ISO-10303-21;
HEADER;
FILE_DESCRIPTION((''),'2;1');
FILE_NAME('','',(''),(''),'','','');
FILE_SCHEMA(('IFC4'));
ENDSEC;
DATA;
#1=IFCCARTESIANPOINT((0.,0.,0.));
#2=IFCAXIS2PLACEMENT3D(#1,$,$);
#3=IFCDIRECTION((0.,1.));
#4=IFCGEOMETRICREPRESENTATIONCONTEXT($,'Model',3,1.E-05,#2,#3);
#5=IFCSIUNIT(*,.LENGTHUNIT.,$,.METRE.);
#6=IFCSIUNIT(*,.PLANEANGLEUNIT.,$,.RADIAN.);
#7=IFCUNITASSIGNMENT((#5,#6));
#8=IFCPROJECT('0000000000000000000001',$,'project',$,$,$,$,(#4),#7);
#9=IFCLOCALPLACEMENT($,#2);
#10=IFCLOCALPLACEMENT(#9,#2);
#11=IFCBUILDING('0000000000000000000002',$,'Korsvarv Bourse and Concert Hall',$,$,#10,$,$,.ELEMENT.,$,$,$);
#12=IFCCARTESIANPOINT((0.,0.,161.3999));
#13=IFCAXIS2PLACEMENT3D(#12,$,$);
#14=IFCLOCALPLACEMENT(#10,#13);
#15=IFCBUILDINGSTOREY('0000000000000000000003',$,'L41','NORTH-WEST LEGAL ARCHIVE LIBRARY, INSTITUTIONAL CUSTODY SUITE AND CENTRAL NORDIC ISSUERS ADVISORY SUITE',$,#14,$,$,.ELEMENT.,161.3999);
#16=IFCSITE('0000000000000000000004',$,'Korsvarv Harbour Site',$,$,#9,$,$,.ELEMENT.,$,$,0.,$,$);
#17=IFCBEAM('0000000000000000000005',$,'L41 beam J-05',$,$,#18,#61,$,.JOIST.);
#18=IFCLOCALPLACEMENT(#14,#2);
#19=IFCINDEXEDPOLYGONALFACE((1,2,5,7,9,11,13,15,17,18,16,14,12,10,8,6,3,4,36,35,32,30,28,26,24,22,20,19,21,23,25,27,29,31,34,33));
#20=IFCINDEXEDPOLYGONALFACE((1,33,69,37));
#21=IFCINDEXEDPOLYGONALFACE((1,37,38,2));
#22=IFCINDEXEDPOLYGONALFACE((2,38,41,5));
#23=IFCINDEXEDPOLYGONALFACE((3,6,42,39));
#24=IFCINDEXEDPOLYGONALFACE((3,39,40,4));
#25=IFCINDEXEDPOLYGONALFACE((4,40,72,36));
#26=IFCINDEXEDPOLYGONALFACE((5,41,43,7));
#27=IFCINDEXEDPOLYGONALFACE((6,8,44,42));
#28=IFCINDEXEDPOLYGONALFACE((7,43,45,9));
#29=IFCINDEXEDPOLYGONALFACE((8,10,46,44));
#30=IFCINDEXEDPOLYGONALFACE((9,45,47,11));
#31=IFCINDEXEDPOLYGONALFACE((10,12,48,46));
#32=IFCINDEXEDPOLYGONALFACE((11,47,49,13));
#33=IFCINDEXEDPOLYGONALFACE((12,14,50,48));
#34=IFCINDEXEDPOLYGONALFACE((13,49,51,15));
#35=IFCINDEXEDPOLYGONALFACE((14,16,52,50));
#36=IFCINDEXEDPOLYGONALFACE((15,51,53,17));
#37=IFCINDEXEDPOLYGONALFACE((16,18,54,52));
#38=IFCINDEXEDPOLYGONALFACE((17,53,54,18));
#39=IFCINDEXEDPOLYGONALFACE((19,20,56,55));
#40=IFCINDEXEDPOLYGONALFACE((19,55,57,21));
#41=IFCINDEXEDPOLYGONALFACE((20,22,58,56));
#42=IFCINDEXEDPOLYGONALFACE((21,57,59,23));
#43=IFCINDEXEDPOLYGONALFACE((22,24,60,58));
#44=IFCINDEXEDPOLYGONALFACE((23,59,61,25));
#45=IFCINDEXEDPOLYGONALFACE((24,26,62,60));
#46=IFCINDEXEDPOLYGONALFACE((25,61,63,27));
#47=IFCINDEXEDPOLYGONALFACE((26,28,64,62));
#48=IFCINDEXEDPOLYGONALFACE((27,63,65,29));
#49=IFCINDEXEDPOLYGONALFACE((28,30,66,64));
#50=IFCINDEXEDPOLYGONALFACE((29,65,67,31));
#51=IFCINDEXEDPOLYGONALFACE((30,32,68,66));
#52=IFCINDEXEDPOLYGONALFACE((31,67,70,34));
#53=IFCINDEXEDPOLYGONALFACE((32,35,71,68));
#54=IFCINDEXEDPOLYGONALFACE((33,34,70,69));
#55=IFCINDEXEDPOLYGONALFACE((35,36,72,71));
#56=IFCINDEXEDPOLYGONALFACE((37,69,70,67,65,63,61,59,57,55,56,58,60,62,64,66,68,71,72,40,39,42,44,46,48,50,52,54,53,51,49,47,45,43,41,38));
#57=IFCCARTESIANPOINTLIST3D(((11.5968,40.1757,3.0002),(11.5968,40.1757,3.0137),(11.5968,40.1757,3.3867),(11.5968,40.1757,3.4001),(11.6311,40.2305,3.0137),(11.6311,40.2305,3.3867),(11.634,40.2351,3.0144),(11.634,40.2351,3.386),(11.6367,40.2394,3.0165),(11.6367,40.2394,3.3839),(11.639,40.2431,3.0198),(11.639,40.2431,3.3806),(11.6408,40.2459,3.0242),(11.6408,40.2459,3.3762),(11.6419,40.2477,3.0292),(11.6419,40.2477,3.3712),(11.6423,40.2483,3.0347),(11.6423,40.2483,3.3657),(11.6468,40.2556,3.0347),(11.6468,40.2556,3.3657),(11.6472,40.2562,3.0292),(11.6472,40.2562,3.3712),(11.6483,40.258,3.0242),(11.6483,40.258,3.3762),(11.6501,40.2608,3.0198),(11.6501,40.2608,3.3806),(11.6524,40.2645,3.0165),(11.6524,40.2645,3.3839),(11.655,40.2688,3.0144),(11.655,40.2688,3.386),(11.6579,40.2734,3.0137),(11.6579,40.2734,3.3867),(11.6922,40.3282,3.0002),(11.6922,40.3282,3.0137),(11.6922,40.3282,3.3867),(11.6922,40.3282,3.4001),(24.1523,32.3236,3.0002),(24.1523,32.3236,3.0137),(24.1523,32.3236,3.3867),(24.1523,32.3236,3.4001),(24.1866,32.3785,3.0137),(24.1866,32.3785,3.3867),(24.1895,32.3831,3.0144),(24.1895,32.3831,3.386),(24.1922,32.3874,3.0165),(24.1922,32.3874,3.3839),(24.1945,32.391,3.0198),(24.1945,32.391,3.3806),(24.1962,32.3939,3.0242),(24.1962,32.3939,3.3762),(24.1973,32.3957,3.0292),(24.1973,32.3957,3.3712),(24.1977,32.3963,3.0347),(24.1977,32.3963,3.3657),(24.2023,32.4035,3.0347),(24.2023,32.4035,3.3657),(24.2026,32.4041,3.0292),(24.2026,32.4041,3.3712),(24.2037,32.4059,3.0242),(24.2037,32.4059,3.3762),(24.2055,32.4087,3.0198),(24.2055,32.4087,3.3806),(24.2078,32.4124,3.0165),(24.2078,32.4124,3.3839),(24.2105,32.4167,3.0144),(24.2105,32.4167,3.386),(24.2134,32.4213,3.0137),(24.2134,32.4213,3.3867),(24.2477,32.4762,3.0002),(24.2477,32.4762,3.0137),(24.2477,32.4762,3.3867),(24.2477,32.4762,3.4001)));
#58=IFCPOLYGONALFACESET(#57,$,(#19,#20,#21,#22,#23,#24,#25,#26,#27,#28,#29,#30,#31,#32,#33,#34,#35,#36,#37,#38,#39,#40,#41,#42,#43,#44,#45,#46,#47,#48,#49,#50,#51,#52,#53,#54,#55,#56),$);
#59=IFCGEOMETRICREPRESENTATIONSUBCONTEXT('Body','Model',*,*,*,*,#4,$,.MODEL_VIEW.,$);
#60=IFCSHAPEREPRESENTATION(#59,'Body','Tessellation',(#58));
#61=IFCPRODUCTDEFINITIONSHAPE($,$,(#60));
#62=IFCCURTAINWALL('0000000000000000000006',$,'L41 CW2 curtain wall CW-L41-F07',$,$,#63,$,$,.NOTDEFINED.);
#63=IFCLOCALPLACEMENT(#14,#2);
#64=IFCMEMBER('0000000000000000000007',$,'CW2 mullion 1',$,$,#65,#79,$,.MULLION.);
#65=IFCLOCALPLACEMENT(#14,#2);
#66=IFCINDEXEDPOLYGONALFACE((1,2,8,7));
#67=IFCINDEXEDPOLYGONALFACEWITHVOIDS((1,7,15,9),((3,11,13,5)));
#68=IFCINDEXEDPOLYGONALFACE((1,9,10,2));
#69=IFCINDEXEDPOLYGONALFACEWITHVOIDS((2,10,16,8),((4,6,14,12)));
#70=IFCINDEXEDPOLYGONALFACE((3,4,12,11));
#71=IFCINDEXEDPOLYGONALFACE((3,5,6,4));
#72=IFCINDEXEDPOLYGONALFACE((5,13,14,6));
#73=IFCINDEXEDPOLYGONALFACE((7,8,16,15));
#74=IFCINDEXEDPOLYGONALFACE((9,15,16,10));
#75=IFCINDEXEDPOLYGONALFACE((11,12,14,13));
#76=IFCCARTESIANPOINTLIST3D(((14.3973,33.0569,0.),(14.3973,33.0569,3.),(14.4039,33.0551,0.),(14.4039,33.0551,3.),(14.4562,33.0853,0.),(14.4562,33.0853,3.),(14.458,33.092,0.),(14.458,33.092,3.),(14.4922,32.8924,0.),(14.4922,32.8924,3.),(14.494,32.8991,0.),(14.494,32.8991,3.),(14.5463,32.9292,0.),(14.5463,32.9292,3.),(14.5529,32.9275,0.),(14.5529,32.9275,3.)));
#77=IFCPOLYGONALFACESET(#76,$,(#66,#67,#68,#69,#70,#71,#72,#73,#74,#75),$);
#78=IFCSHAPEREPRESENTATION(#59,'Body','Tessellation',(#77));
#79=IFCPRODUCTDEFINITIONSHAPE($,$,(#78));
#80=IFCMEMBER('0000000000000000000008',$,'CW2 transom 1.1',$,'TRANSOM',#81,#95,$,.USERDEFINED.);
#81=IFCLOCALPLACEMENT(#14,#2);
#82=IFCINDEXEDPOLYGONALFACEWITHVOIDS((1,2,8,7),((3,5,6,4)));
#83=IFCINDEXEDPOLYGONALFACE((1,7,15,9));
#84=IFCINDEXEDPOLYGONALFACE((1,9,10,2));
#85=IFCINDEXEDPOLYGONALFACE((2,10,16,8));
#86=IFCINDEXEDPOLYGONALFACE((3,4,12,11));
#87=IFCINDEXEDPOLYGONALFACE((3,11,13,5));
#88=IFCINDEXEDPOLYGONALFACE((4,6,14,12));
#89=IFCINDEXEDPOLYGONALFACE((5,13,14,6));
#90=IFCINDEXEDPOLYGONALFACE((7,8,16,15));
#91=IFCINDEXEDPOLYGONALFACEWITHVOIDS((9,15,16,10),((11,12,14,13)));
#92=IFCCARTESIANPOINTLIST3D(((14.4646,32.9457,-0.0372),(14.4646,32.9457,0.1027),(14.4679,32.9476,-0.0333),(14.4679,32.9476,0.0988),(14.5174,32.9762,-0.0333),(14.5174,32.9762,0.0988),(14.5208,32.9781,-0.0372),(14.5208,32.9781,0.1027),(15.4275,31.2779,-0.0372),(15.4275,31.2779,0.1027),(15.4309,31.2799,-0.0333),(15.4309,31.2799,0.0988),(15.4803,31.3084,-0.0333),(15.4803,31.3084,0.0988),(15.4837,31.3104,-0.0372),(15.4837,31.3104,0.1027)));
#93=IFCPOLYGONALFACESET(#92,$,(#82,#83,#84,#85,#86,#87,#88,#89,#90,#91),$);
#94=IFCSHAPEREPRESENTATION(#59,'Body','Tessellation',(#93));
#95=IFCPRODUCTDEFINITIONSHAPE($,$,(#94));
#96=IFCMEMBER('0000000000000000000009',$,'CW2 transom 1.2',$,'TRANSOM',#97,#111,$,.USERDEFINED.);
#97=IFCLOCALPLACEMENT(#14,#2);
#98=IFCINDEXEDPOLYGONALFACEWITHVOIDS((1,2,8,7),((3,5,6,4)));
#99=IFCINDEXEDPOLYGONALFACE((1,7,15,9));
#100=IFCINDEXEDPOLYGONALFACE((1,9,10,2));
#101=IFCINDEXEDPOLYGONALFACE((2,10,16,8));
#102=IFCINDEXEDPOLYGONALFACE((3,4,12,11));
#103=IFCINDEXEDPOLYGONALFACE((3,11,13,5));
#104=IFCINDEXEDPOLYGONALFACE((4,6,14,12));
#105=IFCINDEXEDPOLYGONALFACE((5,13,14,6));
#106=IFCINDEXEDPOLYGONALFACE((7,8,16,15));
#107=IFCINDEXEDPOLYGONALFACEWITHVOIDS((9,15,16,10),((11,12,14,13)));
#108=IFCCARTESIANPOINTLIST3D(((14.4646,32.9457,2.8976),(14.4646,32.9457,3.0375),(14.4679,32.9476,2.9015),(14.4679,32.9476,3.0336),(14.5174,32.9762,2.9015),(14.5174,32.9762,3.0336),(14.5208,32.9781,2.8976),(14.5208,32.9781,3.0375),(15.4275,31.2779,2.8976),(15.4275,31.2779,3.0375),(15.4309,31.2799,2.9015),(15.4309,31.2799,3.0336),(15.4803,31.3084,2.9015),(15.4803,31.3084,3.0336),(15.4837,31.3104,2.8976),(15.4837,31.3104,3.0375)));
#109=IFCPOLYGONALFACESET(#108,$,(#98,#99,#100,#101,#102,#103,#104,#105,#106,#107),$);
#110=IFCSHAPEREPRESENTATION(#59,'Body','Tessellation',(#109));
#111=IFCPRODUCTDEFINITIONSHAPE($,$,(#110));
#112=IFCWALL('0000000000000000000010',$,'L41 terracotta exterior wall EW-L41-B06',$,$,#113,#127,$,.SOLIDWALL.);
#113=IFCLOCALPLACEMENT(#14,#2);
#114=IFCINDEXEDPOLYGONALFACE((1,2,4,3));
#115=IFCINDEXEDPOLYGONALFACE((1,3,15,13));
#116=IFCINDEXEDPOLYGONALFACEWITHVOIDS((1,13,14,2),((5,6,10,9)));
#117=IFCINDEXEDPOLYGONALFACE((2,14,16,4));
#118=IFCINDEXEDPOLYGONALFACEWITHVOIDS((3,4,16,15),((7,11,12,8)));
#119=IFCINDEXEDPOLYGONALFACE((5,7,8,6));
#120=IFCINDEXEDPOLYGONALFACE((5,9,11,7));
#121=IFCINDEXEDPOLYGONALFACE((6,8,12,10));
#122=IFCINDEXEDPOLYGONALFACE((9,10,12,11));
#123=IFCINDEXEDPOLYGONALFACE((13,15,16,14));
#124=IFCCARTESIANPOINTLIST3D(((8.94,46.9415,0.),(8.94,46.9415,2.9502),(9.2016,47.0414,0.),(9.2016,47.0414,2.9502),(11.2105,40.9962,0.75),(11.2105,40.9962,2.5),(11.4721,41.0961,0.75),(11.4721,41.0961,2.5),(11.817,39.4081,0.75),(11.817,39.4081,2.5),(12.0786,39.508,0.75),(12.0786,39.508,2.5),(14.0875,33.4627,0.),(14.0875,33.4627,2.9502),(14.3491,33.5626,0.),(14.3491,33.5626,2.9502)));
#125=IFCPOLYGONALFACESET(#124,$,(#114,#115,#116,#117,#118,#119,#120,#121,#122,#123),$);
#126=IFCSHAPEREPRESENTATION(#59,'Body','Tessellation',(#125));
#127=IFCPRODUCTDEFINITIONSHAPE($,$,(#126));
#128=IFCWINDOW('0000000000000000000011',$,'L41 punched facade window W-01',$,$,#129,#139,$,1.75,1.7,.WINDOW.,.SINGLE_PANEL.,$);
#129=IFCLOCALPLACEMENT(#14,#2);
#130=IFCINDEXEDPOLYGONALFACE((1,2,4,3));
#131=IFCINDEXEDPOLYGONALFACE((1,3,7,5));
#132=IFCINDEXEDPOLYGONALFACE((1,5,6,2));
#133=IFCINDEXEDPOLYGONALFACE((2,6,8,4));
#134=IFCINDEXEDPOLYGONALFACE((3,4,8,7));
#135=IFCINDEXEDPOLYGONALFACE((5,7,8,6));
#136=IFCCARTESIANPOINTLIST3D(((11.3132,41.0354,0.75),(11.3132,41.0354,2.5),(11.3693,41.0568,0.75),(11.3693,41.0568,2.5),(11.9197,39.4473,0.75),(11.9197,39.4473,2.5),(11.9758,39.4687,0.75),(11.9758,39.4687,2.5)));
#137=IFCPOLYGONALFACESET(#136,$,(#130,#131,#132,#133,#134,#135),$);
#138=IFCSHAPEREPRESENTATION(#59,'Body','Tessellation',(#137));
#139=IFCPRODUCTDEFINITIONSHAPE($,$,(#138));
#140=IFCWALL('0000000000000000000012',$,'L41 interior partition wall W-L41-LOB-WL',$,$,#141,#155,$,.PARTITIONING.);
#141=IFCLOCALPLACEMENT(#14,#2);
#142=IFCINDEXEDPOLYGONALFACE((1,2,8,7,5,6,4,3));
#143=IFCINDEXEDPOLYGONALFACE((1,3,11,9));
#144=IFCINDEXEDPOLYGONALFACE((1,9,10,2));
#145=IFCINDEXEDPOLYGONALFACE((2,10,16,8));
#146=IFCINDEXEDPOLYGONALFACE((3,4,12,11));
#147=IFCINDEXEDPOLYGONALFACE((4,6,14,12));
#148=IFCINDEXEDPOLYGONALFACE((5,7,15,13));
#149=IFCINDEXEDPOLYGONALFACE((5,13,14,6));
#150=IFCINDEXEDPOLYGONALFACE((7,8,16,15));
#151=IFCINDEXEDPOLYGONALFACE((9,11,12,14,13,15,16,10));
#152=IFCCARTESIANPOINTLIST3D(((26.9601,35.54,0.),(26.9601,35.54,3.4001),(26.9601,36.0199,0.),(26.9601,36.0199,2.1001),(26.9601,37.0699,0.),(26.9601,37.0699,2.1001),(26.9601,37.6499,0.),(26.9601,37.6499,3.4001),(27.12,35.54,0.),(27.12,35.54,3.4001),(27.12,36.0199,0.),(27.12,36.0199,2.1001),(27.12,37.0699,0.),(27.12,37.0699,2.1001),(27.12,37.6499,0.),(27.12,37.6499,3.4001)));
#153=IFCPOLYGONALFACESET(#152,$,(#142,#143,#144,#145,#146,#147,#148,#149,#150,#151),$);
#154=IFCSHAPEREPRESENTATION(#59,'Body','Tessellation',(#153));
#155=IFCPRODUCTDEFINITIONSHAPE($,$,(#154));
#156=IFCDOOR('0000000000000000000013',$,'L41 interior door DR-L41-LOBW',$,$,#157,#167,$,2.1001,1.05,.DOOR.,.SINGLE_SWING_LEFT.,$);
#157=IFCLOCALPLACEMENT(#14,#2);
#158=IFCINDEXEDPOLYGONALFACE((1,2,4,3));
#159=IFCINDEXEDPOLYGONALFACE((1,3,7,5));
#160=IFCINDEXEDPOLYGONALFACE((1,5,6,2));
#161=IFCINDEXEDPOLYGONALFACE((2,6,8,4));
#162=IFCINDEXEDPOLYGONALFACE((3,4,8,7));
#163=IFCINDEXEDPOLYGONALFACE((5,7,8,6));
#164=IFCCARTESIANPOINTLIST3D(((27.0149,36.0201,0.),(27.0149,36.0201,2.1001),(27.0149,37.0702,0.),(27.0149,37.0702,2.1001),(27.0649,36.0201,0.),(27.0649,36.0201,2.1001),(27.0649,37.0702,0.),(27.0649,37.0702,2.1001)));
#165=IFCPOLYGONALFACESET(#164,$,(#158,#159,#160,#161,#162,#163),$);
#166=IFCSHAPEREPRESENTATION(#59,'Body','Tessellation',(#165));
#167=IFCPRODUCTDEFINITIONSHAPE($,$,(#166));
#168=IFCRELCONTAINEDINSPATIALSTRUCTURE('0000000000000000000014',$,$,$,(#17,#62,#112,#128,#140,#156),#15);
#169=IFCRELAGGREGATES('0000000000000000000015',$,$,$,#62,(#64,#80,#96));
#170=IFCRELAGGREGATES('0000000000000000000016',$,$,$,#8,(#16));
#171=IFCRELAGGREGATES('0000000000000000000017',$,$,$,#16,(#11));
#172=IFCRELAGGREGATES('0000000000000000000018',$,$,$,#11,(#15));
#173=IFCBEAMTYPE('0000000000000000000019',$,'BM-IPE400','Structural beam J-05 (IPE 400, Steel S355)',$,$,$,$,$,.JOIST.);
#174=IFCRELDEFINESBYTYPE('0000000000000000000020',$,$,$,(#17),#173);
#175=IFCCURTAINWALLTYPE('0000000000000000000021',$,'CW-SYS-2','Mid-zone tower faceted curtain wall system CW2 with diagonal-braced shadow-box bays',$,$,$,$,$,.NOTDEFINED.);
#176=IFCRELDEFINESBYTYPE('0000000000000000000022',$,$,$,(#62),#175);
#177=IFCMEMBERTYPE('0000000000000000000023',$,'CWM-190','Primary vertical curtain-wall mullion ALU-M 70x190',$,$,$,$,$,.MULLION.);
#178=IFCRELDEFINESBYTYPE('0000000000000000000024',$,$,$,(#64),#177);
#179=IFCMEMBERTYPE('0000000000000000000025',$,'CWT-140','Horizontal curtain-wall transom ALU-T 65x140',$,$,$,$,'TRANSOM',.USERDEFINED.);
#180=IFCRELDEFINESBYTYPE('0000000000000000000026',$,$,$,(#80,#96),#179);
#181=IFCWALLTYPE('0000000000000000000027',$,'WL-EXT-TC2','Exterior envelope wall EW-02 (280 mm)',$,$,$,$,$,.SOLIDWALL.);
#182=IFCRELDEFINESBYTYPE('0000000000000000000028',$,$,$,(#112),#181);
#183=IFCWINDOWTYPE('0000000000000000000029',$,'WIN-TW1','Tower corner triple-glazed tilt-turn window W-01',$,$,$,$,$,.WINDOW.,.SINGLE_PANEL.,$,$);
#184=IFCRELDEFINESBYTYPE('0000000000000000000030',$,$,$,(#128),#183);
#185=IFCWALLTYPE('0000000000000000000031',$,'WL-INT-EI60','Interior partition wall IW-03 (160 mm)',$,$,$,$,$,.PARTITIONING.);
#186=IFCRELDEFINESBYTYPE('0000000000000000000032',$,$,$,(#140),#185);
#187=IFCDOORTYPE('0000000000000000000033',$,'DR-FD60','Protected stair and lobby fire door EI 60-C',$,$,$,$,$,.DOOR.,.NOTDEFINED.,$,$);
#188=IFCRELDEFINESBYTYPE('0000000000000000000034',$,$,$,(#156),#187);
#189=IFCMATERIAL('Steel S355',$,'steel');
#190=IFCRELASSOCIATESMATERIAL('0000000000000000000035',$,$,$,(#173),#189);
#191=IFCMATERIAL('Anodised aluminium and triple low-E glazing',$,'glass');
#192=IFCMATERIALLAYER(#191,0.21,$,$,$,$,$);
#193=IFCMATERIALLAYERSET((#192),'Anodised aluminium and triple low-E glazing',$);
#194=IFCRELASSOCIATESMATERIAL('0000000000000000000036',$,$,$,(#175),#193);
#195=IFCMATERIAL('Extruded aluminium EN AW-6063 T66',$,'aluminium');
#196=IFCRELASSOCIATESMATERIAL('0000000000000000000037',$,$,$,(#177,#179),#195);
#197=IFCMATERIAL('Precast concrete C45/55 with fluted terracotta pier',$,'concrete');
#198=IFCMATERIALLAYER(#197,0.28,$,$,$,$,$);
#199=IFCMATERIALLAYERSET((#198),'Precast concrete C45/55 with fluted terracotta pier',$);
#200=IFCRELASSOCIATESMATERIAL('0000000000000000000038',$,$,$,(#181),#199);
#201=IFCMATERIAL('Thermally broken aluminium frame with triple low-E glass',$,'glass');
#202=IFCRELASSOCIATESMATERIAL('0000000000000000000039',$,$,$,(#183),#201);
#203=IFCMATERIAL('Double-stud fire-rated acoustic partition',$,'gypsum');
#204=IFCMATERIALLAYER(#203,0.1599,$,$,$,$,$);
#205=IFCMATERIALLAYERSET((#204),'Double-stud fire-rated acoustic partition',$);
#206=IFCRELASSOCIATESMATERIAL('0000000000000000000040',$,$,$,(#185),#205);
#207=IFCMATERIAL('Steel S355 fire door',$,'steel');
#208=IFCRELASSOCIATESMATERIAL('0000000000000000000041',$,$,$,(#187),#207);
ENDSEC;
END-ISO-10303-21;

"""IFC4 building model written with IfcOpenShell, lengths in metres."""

from ifc_helpers import new_model, si_unit, direction, frame, frame_2d, origin, origin_2d, place, context, subcontext, project, spatial, rectangle, hollow_rectangle, i_section, extrude, source, transform, mapped, material, layer, layer_set, material_profile, profile_set, type_object, element, fill, aggregate, save


model = new_model("IFC4")

# Units and contexts
model_context = context("Model", 3, precision=1e-05, world=origin(), true_north=direction((0.0, 1.0)))
body_context = subcontext(model_context, "Body", "Model", "MODEL_VIEW")
ifc_project = project(units=[si_unit("LENGTHUNIT", "METRE"), si_unit("PLANEANGLEUNIT", "RADIAN")], contexts=[model_context])

# Site, building, storey
site_placement = place(None, origin())
site = spatial("IfcSite", under=ifc_project, at=site_placement, Name="Korsvarv Harbour Site", CompositionType="ELEMENT", RefElevation=0.0)
building_placement = place(site_placement, origin())
building = spatial("IfcBuilding", under=site, at=building_placement, Name="Korsvarv Bourse and Concert Hall", CompositionType="ELEMENT")
storey_placement = place(building_placement, frame((0.0, 0.0, 161.3999)))
storey = spatial("IfcBuildingStorey", under=building, at=storey_placement, Name="L41", Description="NORTH-WEST LEGAL ARCHIVE LIBRARY, INSTITUTIONAL CUSTODY SUITE AND CENTRAL NORDIC ISSUERS ADVISORY SUITE", CompositionType="ELEMENT", Elevation=161.3999)

# Shared definitions
ifc_material_1 = material(Name="Steel S355", Category="steel")

# Beam
ifc_material_profile_1 = material_profile(ifc_material_1, i_section(OverallWidth=0.1799, OverallDepth=0.3999, WebThickness=0.0085, FlangeThickness=0.0134, FilletRadius=0.021, at=origin_2d()), Name="IPE 400")
ifc_profile_set_1 = profile_set([ifc_material_profile_1], Name="Steel S355")
beam_type_1 = type_object("IfcBeamType", Name="BM-IPE400", Description="Structural beam J-05 (IPE 400, Steel S355)", PredefinedType="JOIST", material=ifc_profile_set_1)
shared_shape_1 = source(origin(), body_context, "Body", "SweptSolid", [
    extrude(i_section(OverallWidth=0.1799, OverallDepth=0.3999, WebThickness=0.0085, FlangeThickness=0.0134, FilletRadius=0.021, at=origin_2d()), origin(), (0.0, 0.0, 1.0), 14.8086),
])
beam_1_placement = place(storey_placement, frame((11.6445, 40.252, 3.2002), z_axis=(0.847849, -0.530238, 0.0), x_axis=(0.530238, 0.847849, 0.0)))
element("IfcBeam", 1, at=beam_1_placement, inside=storey, type_object=beam_type_1, Name="L41 beam J-05", PredefinedType="JOIST", context=body_context, shape_type="MappedRepresentation", body=[
    mapped(shared_shape_1, transform((0.0, 0.0, 0.0), scale=1.0)),
])

# Curtain wall, members
ifc_material_2 = material(Name="Anodised aluminium and triple low-E glazing", Category="glass")
ifc_layer_1 = layer(ifc_material_2, 0.21)
ifc_layer_set_1 = layer_set([ifc_layer_1], Name="Anodised aluminium and triple low-E glazing")
curtain_wall_type = type_object("IfcCurtainWallType", Name="CW-SYS-2", Description="Mid-zone tower faceted curtain wall system CW2 with diagonal-braced shadow-box bays", PredefinedType="NOTDEFINED", material=ifc_layer_set_1)
curtain_wall_placement = place(storey_placement, origin())
curtain_wall = element("IfcCurtainWall", 2, at=curtain_wall_placement, inside=storey, type_object=curtain_wall_type, Name="L41 CW2 curtain wall CW-L41-F07", PredefinedType="NOTDEFINED")
ifc_material_3 = material(Name="Extruded aluminium EN AW-6063 T66", Category="aluminium")
ifc_material_profile_2 = material_profile(ifc_material_3, hollow_rectangle(XDim=0.0701, YDim=0.1899, WallThickness=0.0049, at=origin_2d()), Name="ALU-M 70x190")
ifc_profile_set_2 = profile_set([ifc_material_profile_2], Name="Extruded aluminium EN AW-6063 T66")
member_type_1 = type_object("IfcMemberType", Name="CWM-190", Description="Primary vertical curtain-wall mullion ALU-M 70x190", PredefinedType="MULLION", material=ifc_profile_set_2)
shared_shape_2 = source(origin(), body_context, "Body", "SweptSolid", [
    extrude(hollow_rectangle(XDim=0.0701, YDim=0.1899, WallThickness=0.0049, at=origin_2d()), origin(), (0.0, 0.0, 1.0), 3.0),
])
member_1_placement = place(storey_placement, frame((14.4751, 32.9922, 0.0), z_axis=(0.0, 0.0, 1.0), x_axis=(0.866024, 0.500002, 0.0)))
member_1 = element("IfcMember", 3, at=member_1_placement, type_object=member_type_1, Name="CW2 mullion 1", PredefinedType="MULLION", context=body_context, shape_type="MappedRepresentation", body=[
    mapped(shared_shape_2, transform((0.0, 0.0, 0.0), scale=1.0)),
])
ifc_material_profile_3 = material_profile(ifc_material_3, hollow_rectangle(XDim=0.0649, YDim=0.1399, WallThickness=0.0039, at=origin_2d()), Name="ALU-T 65x140")
ifc_profile_set_3 = profile_set([ifc_material_profile_3], Name="Extruded aluminium EN AW-6063 T66")
member_type_2 = type_object("IfcMemberType", Name="CWT-140", Description="Horizontal curtain-wall transom ALU-T 65x140", ElementType="TRANSOM", PredefinedType="USERDEFINED", material=ifc_profile_set_3)
shared_shape_3 = source(origin(), body_context, "Body", "SweptSolid", [
    extrude(hollow_rectangle(XDim=0.0649, YDim=0.1399, WallThickness=0.0039, at=origin_2d()), origin(), (0.0, 0.0, 1.0), 1.9258),
])
member_2_placement = place(storey_placement, frame((14.4927, 32.9619, 0.0327), z_axis=(0.500011, -0.866019, 0.0), x_axis=(0.866019, 0.500011, 0.0)))
member_2 = element("IfcMember", 4, at=member_2_placement, type_object=member_type_2, Name="CW2 transom 1.1", ObjectType="TRANSOM", PredefinedType="USERDEFINED", context=body_context, shape_type="MappedRepresentation", body=[
    mapped(shared_shape_3, transform((0.0, 0.0, 0.0), scale=1.0)),
])
member_3_placement = place(storey_placement, frame((14.4927, 32.9619, 2.9675), z_axis=(0.500011, -0.866019, 0.0), x_axis=(0.866019, 0.500011, 0.0)))
member_3 = element("IfcMember", 5, at=member_3_placement, type_object=member_type_2, Name="CW2 transom 1.2", ObjectType="TRANSOM", PredefinedType="USERDEFINED", context=body_context, shape_type="MappedRepresentation", body=[
    mapped(shared_shape_3, transform((0.0, 0.0, 0.0), scale=1.0)),
])
aggregate(curtain_wall, [member_1, member_2, member_3])

# Wall, opening, window
ifc_material_4 = material(Name="Precast concrete C45/55 with fluted terracotta pier", Category="concrete")
ifc_layer_2 = layer(ifc_material_4, 0.28)
ifc_layer_set_2 = layer_set([ifc_layer_2], Name="Precast concrete C45/55 with fluted terracotta pier")
wall_type_1 = type_object("IfcWallType", Name="WL-EXT-TC2", Description="Exterior envelope wall EW-02 (280 mm)", PredefinedType="SOLIDWALL", material=ifc_layer_set_2)
wall_1_placement = place(storey_placement, frame((9.0708, 46.9915, 0.0), z_axis=(0.0, 0.0, 1.0), x_axis=(0.356764, -0.934195, 0.0)))
wall_1 = element("IfcWall", 6, at=wall_1_placement, inside=storey, type_object=wall_type_1, Name="L41 terracotta exterior wall EW-L41-B06", PredefinedType="SOLIDWALL", context=body_context, shape_type="SweptSolid", body=[
    extrude(rectangle(XDim=14.4282, YDim=0.28, at=frame_2d((7.2141, 0.0))), origin(), (0.0, 0.0, 1.0), 2.9502),
])
opening_1_placement = place(wall_1_placement, frame((6.364, 0.0, 0.75)))
opening_1 = element("IfcOpeningElement", 7, at=opening_1_placement, cuts=wall_1, PredefinedType="OPENING", context=body_context, shape_type="SweptSolid", body=[
    extrude(rectangle(XDim=1.7, YDim=1.75, at=frame_2d((0.8501, 0.875))), frame((0.0, 0.1499, 0.0), z_axis=(0.0, -1.0, 0.0), x_axis=(1.0, 0.0, 0.0)), (0.0, 0.0, 1.0), 0.3),
])
ifc_material_5 = material(Name="Thermally broken aluminium frame with triple low-E glass", Category="glass")
window_type = type_object("IfcWindowType", Name="WIN-TW1", Description="Tower corner triple-glazed tilt-turn window W-01", PartitioningType="SINGLE_PANEL", PredefinedType="WINDOW", material=ifc_material_5)
window_placement = place(opening_1_placement, origin())
window = element("IfcWindow", 8, at=window_placement, inside=storey, type_object=window_type, Name="L41 punched facade window W-01", OverallHeight=1.75, OverallWidth=1.7, PartitioningType="SINGLE_PANEL", PredefinedType="WINDOW", context=body_context, shape_type="SweptSolid", body=[
    extrude(rectangle(XDim=1.7, YDim=1.75, at=frame_2d((0.8501, 0.875))), frame((0.0, 0.03, 0.0), z_axis=(0.0, -1.0, 0.0), x_axis=(1.0, 0.0, 0.0)), (0.0, 0.0, 1.0), 0.0601),
])
fill(opening_1, window)

# Wall, opening, door
ifc_material_6 = material(Name="Double-stud fire-rated acoustic partition", Category="gypsum")
ifc_layer_3 = layer(ifc_material_6, 0.1599)
ifc_layer_set_3 = layer_set([ifc_layer_3], Name="Double-stud fire-rated acoustic partition")
wall_type_2 = type_object("IfcWallType", Name="WL-INT-EI60", Description="Interior partition wall IW-03 (160 mm)", PredefinedType="PARTITIONING", material=ifc_layer_set_3)
wall_2_placement = place(storey_placement, frame((27.04, 35.54, 0.0), z_axis=(0.0, 0.0, 1.0), x_axis=(0.0, 1.0, 0.0)))
wall_2 = element("IfcWall", 9, at=wall_2_placement, inside=storey, type_object=wall_type_2, Name="L41 interior partition wall W-L41-LOB-WL", PredefinedType="PARTITIONING", context=body_context, shape_type="SweptSolid", body=[
    extrude(rectangle(XDim=2.1099, YDim=0.1599, at=frame_2d((1.0549, 0.0))), origin(), (0.0, 0.0, 1.0), 3.4001),
])
opening_2_placement = place(wall_2_placement, frame((0.48, 0.0, 0.0)))
opening_2 = element("IfcOpeningElement", 10, at=opening_2_placement, cuts=wall_2, PredefinedType="OPENING", context=body_context, shape_type="SweptSolid", body=[
    extrude(rectangle(XDim=1.05, YDim=2.1001, at=frame_2d((0.5249, 1.05))), frame((0.0, 0.0898, 0.0), z_axis=(0.0, -1.0, 0.0), x_axis=(1.0, 0.0, 0.0)), (0.0, 0.0, 1.0), 0.1799),
])
ifc_material_7 = material(Name="Steel S355 fire door", Category="steel")
door_type = type_object("IfcDoorType", Name="DR-FD60", Description="Protected stair and lobby fire door EI 60-C", OperationType="NOTDEFINED", PredefinedType="DOOR", material=ifc_material_7)
door_placement = place(opening_2_placement, frame((1.05, 0.0, 0.0), z_axis=(0.0, 0.0, 1.0), x_axis=(-1.0, 0.0, 0.0)))
door = element("IfcDoor", 11, at=door_placement, inside=storey, type_object=door_type, Name="L41 interior door DR-L41-LOBW", OperationType="SINGLE_SWING_LEFT", OverallHeight=2.1001, OverallWidth=1.05, PredefinedType="DOOR", context=body_context, shape_type="SweptSolid", body=[
    extrude(rectangle(XDim=1.05, YDim=2.1001, at=frame_2d((0.5249, 1.05))), frame((0.0, 0.0249, 0.0), z_axis=(0.0, -1.0, 0.0), x_axis=(1.0, 0.0, 0.0)), (0.0, 0.0, 1.0), 0.05),
])
fill(opening_2, door)

save(model, "model.ifc")
